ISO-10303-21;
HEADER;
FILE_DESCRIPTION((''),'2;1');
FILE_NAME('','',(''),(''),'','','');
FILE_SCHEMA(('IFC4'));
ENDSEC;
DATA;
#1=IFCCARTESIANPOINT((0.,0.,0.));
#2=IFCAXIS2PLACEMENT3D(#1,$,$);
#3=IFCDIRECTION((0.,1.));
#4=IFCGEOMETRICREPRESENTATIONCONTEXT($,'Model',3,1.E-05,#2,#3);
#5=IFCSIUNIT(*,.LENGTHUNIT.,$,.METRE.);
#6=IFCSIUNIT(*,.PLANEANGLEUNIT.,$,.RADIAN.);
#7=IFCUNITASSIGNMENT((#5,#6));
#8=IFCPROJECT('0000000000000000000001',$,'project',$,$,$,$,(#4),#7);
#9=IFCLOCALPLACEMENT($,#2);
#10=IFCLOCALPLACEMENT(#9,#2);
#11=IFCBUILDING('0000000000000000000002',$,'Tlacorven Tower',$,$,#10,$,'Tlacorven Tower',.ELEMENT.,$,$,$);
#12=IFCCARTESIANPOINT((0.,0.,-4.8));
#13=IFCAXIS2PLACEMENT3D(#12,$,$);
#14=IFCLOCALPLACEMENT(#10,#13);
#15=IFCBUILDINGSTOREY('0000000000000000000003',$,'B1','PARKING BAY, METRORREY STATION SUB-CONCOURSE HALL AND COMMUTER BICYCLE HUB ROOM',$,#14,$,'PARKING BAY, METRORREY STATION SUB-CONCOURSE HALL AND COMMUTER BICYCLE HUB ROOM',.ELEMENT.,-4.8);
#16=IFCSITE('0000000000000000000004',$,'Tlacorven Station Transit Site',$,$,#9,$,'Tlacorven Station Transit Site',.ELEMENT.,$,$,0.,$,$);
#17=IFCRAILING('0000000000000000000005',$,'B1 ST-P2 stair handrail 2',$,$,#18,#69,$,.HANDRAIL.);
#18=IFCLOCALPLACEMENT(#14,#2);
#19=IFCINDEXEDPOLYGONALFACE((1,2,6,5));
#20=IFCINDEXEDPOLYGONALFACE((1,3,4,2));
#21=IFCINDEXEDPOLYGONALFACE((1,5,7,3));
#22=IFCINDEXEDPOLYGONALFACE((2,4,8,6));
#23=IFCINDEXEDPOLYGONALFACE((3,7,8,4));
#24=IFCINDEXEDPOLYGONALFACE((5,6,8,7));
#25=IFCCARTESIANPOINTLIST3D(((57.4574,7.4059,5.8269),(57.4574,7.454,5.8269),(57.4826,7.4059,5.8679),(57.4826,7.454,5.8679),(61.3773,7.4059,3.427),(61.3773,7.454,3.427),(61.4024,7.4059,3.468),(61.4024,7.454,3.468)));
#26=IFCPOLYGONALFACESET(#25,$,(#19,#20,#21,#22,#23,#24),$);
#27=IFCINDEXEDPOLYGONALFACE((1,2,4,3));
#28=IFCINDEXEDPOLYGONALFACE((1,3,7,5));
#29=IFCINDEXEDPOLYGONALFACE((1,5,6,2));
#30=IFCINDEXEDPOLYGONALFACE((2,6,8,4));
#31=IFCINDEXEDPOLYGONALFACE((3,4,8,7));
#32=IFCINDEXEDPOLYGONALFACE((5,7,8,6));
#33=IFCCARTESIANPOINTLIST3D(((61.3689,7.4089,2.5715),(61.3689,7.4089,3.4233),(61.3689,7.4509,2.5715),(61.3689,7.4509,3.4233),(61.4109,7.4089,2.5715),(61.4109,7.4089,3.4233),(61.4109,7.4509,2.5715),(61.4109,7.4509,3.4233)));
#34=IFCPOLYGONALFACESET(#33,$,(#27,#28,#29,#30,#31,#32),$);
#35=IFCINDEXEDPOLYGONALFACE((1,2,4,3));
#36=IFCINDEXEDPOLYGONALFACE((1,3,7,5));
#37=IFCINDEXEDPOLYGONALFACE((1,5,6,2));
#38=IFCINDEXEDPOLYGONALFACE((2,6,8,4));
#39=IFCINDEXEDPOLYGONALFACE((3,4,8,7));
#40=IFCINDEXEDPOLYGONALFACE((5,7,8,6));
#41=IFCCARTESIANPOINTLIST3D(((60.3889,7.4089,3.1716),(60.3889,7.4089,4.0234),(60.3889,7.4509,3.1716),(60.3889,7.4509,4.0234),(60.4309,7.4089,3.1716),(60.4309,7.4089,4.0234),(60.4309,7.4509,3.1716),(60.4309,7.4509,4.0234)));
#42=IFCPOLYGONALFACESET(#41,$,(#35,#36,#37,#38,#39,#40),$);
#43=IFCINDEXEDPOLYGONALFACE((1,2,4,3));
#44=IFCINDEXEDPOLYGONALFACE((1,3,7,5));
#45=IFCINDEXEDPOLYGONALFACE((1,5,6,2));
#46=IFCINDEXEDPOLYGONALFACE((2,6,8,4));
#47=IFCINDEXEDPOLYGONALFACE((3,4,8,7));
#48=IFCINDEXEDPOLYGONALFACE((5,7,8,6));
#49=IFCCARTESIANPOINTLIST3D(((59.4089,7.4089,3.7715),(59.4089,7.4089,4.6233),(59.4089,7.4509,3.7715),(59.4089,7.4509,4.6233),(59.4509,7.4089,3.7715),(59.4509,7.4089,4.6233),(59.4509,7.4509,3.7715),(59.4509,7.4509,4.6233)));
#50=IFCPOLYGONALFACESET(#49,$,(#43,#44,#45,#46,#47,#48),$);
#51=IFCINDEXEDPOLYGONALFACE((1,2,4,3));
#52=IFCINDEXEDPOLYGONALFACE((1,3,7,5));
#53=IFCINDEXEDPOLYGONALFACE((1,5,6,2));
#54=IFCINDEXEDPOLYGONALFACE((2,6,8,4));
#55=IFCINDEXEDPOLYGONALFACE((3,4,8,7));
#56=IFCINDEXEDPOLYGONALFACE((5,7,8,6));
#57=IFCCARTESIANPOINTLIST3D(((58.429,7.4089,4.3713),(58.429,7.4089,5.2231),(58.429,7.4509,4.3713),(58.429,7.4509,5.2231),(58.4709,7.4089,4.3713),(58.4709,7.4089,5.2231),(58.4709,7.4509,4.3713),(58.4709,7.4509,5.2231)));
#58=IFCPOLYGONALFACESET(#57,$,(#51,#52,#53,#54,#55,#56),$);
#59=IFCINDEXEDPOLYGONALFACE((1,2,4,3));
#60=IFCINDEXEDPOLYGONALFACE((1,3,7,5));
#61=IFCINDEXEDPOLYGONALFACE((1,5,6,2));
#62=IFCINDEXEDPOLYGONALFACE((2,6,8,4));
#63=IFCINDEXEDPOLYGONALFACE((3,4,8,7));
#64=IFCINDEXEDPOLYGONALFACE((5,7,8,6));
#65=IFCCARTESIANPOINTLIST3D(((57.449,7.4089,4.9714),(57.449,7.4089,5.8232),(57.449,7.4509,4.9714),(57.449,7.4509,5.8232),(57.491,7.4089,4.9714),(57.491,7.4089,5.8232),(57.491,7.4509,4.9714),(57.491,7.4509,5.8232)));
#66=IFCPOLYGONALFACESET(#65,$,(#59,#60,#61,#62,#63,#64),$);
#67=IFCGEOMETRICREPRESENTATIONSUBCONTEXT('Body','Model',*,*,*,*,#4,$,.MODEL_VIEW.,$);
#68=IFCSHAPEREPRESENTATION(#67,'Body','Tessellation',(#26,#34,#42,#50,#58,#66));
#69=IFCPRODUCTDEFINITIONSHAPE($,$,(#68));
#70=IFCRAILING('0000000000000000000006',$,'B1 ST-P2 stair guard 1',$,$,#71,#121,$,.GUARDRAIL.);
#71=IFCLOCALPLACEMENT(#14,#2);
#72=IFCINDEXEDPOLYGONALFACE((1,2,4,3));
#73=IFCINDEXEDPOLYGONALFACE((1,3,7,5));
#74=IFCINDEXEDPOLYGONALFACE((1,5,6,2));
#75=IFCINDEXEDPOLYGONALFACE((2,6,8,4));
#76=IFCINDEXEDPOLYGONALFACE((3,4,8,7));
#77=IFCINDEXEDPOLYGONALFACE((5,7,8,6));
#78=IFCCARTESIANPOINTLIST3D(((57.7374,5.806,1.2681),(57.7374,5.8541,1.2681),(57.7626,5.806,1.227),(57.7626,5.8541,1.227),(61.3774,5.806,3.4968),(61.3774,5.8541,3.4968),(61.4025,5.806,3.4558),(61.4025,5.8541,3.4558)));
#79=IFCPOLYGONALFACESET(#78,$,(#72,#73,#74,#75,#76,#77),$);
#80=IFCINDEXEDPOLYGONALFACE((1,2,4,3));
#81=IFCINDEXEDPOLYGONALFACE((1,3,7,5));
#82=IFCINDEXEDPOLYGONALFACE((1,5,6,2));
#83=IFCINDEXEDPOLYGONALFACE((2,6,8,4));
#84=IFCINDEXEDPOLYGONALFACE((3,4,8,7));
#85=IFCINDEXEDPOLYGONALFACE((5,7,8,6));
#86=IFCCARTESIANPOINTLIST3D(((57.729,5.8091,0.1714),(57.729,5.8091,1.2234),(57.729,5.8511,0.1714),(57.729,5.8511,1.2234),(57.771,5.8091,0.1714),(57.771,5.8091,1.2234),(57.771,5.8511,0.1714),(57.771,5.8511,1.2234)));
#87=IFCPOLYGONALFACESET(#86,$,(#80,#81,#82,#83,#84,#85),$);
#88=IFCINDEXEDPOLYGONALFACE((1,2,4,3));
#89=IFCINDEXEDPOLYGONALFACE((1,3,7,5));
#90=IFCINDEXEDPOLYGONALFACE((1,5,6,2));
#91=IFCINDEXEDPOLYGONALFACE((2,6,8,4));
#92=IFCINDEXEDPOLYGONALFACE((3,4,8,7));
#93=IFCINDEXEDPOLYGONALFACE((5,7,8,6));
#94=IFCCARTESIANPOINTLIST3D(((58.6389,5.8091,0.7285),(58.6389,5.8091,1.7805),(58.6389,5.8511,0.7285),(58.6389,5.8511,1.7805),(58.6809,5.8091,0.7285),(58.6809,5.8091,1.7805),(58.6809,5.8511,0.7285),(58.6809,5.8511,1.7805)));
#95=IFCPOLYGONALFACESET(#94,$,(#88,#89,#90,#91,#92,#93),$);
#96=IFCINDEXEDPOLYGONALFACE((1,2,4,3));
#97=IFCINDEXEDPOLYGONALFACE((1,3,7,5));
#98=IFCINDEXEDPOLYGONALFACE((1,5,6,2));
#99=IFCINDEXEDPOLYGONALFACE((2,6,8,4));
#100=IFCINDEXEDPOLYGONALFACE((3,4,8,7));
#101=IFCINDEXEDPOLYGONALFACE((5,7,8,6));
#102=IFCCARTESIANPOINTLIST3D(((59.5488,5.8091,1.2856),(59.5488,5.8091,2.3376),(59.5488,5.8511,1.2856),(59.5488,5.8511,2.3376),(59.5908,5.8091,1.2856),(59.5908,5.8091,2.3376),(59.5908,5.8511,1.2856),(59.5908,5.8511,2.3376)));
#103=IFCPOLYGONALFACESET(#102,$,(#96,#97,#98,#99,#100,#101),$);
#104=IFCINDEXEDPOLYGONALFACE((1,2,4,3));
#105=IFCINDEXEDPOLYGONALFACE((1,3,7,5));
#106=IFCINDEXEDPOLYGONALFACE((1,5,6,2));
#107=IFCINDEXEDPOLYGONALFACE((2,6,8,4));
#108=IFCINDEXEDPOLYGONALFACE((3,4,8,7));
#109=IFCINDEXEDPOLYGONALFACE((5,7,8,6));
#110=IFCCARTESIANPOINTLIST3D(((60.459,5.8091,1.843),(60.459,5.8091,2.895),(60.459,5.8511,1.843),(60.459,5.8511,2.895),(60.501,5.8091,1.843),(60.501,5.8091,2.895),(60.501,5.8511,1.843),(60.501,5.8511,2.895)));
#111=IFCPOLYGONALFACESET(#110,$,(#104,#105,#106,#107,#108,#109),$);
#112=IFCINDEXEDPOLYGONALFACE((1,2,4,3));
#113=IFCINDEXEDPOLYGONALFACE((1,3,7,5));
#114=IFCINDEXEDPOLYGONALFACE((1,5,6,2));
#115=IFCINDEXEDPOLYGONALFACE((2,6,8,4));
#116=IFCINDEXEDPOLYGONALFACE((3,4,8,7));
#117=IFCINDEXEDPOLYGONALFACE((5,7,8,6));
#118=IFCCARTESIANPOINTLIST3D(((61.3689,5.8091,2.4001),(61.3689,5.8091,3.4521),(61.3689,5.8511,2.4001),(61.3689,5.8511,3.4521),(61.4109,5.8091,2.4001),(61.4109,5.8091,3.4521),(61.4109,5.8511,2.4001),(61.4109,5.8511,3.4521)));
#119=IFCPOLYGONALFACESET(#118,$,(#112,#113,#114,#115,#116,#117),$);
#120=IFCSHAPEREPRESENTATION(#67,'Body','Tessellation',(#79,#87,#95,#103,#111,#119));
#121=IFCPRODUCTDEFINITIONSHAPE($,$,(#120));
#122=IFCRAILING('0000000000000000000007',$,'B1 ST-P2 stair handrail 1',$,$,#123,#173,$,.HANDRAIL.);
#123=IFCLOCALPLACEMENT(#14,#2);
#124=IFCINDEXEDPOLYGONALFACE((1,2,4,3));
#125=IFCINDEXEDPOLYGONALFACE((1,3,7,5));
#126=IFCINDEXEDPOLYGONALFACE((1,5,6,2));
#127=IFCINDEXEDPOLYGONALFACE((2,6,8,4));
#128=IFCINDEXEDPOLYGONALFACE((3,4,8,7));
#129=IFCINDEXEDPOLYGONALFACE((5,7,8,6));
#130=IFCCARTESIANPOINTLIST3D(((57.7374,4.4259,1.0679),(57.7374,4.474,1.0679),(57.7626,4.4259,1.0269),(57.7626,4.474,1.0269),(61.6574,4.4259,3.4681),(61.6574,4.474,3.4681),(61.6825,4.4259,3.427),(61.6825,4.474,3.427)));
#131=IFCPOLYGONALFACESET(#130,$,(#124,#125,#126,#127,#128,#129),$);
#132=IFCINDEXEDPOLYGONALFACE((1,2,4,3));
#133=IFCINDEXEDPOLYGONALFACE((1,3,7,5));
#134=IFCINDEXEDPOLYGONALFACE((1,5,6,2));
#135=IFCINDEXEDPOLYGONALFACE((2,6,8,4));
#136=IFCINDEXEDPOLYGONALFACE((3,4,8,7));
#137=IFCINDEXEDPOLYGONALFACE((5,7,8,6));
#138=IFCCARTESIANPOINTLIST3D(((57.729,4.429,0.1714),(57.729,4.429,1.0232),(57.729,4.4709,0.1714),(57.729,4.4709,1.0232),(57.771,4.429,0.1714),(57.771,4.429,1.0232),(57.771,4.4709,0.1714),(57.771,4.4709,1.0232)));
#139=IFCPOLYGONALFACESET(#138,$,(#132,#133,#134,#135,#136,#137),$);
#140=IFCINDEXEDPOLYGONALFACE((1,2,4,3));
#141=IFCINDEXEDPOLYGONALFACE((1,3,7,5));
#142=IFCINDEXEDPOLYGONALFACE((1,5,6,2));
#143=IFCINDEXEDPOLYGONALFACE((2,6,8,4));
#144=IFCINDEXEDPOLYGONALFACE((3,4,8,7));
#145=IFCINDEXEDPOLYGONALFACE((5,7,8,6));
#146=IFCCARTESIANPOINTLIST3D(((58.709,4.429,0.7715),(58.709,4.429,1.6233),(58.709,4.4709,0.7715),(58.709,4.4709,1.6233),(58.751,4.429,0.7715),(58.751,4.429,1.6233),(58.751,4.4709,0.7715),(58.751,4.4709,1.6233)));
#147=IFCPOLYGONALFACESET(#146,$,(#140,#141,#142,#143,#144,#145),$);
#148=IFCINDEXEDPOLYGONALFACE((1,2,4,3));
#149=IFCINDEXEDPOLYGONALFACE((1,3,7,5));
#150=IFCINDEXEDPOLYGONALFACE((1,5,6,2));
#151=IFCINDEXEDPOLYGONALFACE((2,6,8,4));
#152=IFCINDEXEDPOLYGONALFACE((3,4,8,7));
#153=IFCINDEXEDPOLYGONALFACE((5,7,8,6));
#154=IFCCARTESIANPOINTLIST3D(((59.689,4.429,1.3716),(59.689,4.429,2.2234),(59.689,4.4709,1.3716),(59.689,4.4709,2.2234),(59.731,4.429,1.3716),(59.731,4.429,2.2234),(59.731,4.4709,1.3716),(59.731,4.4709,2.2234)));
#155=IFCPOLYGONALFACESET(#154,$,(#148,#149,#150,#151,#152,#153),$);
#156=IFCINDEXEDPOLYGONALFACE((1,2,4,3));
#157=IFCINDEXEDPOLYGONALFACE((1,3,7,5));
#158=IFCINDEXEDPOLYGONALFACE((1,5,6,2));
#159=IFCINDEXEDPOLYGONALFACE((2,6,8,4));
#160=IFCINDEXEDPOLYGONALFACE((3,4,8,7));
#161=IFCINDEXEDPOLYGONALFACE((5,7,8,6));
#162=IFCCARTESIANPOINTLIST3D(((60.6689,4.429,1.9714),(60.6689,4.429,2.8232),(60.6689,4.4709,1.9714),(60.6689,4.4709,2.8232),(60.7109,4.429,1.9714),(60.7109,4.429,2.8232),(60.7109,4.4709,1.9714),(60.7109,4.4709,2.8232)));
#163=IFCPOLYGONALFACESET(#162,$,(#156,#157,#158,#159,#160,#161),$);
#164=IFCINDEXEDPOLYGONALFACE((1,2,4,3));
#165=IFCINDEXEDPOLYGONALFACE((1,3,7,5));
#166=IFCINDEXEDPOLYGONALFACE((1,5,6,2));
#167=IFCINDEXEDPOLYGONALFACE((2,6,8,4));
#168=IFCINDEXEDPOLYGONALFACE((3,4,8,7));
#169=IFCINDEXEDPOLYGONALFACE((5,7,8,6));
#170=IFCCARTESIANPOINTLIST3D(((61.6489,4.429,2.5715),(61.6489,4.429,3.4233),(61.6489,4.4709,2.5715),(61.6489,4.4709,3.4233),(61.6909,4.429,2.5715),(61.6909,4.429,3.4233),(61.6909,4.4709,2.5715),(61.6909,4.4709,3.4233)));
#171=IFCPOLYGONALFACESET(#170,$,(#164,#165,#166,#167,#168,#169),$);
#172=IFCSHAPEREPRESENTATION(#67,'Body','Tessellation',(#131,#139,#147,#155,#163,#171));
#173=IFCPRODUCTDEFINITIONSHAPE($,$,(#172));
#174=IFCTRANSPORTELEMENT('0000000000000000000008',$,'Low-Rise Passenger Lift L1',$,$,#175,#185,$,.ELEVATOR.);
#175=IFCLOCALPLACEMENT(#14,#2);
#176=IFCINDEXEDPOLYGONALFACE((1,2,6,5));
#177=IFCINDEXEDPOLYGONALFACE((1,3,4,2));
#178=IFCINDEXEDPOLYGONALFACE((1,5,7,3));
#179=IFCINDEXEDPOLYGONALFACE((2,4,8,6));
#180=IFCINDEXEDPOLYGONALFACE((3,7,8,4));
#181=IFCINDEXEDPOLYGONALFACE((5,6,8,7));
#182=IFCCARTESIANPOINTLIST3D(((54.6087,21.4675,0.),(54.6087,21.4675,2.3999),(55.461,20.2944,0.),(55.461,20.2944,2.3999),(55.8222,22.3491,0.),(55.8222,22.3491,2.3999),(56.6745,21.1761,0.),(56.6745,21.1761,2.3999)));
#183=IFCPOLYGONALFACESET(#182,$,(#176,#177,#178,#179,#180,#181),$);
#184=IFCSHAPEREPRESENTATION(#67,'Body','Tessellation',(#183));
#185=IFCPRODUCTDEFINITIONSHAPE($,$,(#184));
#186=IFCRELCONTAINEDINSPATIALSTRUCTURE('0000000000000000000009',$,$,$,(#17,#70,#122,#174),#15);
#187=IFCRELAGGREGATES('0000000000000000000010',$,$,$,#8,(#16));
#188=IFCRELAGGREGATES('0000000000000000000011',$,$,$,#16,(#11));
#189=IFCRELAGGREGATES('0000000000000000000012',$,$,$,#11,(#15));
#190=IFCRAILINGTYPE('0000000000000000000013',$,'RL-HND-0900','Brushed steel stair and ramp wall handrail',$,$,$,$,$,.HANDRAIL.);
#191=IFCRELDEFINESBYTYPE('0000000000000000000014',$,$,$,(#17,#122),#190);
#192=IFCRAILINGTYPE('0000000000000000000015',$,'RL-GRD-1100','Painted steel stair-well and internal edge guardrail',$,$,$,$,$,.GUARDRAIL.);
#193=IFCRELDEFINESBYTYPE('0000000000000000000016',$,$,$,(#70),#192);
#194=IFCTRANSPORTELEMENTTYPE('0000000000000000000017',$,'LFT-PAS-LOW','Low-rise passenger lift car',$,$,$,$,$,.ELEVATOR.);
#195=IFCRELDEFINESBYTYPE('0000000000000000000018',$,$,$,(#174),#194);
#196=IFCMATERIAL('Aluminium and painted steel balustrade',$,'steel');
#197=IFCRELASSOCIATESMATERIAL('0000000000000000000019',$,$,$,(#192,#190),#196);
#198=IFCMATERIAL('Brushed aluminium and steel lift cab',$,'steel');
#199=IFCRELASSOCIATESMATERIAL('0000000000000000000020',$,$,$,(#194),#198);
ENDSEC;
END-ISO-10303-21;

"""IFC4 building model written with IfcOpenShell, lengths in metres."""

from ifc_helpers import new_model, si_unit, direction, frame, origin, origin_2d, place, context, subcontext, project, spatial, rectangle, extrude, source, transform, mapped, material, type_object, element, save


model = new_model("IFC4")

# Units and contexts
model_context = context("Model", 3, precision=1e-05, world=origin(), true_north=direction((0.0, 1.0)))
body_context = subcontext(model_context, "Body", "Model", "MODEL_VIEW")
ifc_project = project(units=[si_unit("LENGTHUNIT", "METRE"), si_unit("PLANEANGLEUNIT", "RADIAN")], contexts=[model_context])

# Site, building, storey
site_placement = place(None, origin())
site = spatial("IfcSite", under=ifc_project, at=site_placement, Name="Tlacorven Station Transit Site", LongName="Tlacorven Station Transit Site", CompositionType="ELEMENT", RefElevation=0.0)
building_placement = place(site_placement, origin())
building = spatial("IfcBuilding", under=site, at=building_placement, Name="Tlacorven Tower", LongName="Tlacorven Tower", CompositionType="ELEMENT")
storey_placement = place(building_placement, frame((0.0, 0.0, -4.8)))
storey = spatial("IfcBuildingStorey", under=building, at=storey_placement, Name="B1", Description="PARKING BAY, METRORREY STATION SUB-CONCOURSE HALL AND COMMUTER BICYCLE HUB ROOM", LongName="PARKING BAY, METRORREY STATION SUB-CONCOURSE HALL AND COMMUTER BICYCLE HUB ROOM", CompositionType="ELEMENT", Elevation=-4.8)

# Railings
ifc_material_1 = material(Name="Aluminium and painted steel balustrade", Category="steel")
railing_type_1 = type_object("IfcRailingType", Name="RL-GRD-1100", Description="Painted steel stair-well and internal edge guardrail", PredefinedType="GUARDRAIL", material=ifc_material_1)
railing_type_2 = type_object("IfcRailingType", Name="RL-HND-0900", Description="Brushed steel stair and ramp wall handrail", PredefinedType="HANDRAIL", material=ifc_material_1)
shared_shape_1 = source(origin(), body_context, "Body", "SweptSolid", [
    extrude(rectangle(XDim=0.0481, YDim=0.0481, at=origin_2d()), frame((0.0, 0.0, 0.876), z_axis=(-0.852856, 0.0, 0.522146), x_axis=(0.0, -1.0, 0.0)), (0.0, 0.0, 1.0), 4.5962),
    extrude(rectangle(XDim=0.042, YDim=0.042, at=origin_2d()), origin(), (0.0, 0.0, 1.0), 0.8518),
    extrude(rectangle(XDim=0.042, YDim=0.042, at=origin_2d()), frame((-0.98, 0.0, 0.6001)), (0.0, 0.0, 1.0), 0.8518),
    extrude(rectangle(XDim=0.042, YDim=0.042, at=origin_2d()), frame((-1.96, 0.0, 1.2)), (0.0, 0.0, 1.0), 0.8518),
    extrude(rectangle(XDim=0.042, YDim=0.042, at=origin_2d()), frame((-2.9399, 0.0, 1.7998)), (0.0, 0.0, 1.0), 0.8518),
    extrude(rectangle(XDim=0.042, YDim=0.042, at=origin_2d()), frame((-3.9199, 0.0, 2.3999)), (0.0, 0.0, 1.0), 0.8518),
])
railing_1_placement = place(storey_placement, frame((61.3899, 7.4299, 2.5715)))
element("IfcRailing", 1, at=railing_1_placement, inside=storey, type_object=railing_type_2, Name="B1 ST-P2 stair handrail 2", PredefinedType="HANDRAIL", context=body_context, shape_type="MappedRepresentation", body=[
    mapped(shared_shape_1, transform((0.0, 0.0, 0.0), scale=1.0)),
])
shared_shape_2 = source(origin(), body_context, "Body", "SweptSolid", [
    extrude(rectangle(XDim=0.0481, YDim=0.0481, at=origin_2d()), frame((0.0, 0.0, 1.0762), z_axis=(0.852825, 0.0, 0.522197), x_axis=(0.0, 1.0, 0.0)), (0.0, 0.0, 1.0), 4.2681),
    extrude(rectangle(XDim=0.042, YDim=0.042, at=origin_2d()), origin(), (0.0, 0.0, 1.0), 1.052),
    extrude(rectangle(XDim=0.042, YDim=0.042, at=origin_2d()), frame((0.9099, 0.0, 0.5571)), (0.0, 0.0, 1.0), 1.052),
    extrude(rectangle(XDim=0.042, YDim=0.042, at=origin_2d()), frame((1.8198, 0.0, 1.1143)), (0.0, 0.0, 1.0), 1.052),
    extrude(rectangle(XDim=0.042, YDim=0.042, at=origin_2d()), frame((2.73, 0.0, 1.6716)), (0.0, 0.0, 1.0), 1.052),
    extrude(rectangle(XDim=0.042, YDim=0.042, at=origin_2d()), frame((3.6399, 0.0, 2.2288)), (0.0, 0.0, 1.0), 1.052),
])
railing_2_placement = place(storey_placement, frame((57.75, 5.8301, 0.1714)))
element("IfcRailing", 2, at=railing_2_placement, inside=storey, type_object=railing_type_1, Name="B1 ST-P2 stair guard 1", PredefinedType="GUARDRAIL", context=body_context, shape_type="MappedRepresentation", body=[
    mapped(shared_shape_2, transform((0.0, 0.0, 0.0), scale=1.0)),
])
shared_shape_3 = source(origin(), body_context, "Body", "SweptSolid", [
    extrude(rectangle(XDim=0.0481, YDim=0.0481, at=origin_2d()), frame((0.0, 0.0, 0.876), z_axis=(0.852832, 0.0, 0.522185), x_axis=(0.0, 1.0, 0.0)), (0.0, 0.0, 1.0), 4.5964),
    extrude(rectangle(XDim=0.042, YDim=0.042, at=origin_2d()), origin(), (0.0, 0.0, 1.0), 0.8518),
    extrude(rectangle(XDim=0.042, YDim=0.042, at=origin_2d()), frame((0.98, 0.0, 0.6001)), (0.0, 0.0, 1.0), 0.8518),
    extrude(rectangle(XDim=0.042, YDim=0.042, at=origin_2d()), frame((1.96, 0.0, 1.2002)), (0.0, 0.0, 1.0), 0.8518),
    extrude(rectangle(XDim=0.042, YDim=0.042, at=origin_2d()), frame((2.9399, 0.0, 1.8)), (0.0, 0.0, 1.0), 0.8518),
    extrude(rectangle(XDim=0.042, YDim=0.042, at=origin_2d()), frame((3.9199, 0.0, 2.4001)), (0.0, 0.0, 1.0), 0.8518),
])
railing_3_placement = place(storey_placement, frame((57.75, 4.45, 0.1714)))
element("IfcRailing", 3, at=railing_3_placement, inside=storey, type_object=railing_type_2, Name="B1 ST-P2 stair handrail 1", PredefinedType="HANDRAIL", context=body_context, shape_type="MappedRepresentation", body=[
    mapped(shared_shape_3, transform((0.0, 0.0, 0.0), scale=1.0)),
])

# Transport element
ifc_material_2 = material(Name="Brushed aluminium and steel lift cab", Category="steel")
transport_element_type = type_object("IfcTransportElementType", Name="LFT-PAS-LOW", Description="Low-rise passenger lift car", PredefinedType="ELEVATOR", material=ifc_material_2)
shared_shape_4 = source(origin(), body_context, "Body", "SweptSolid", [
    extrude(rectangle(XDim=1.5, YDim=1.45, at=origin_2d()), origin(), (0.0, 0.0, 1.0), 2.3999),
])
transport_element_placement = place(storey_placement, frame((55.6416, 21.3218, 0.0), z_axis=(0.0, 0.0, 1.0), x_axis=(0.809017, 0.587785, 0.0)))
element("IfcTransportElement", 4, at=transport_element_placement, inside=storey, type_object=transport_element_type, Name="Low-Rise Passenger Lift L1", PredefinedType="ELEVATOR", context=body_context, shape_type="MappedRepresentation", body=[
    mapped(shared_shape_4, transform((0.0, 0.0, 0.0), scale=1.0)),
])

save(model, "model.ifc")
